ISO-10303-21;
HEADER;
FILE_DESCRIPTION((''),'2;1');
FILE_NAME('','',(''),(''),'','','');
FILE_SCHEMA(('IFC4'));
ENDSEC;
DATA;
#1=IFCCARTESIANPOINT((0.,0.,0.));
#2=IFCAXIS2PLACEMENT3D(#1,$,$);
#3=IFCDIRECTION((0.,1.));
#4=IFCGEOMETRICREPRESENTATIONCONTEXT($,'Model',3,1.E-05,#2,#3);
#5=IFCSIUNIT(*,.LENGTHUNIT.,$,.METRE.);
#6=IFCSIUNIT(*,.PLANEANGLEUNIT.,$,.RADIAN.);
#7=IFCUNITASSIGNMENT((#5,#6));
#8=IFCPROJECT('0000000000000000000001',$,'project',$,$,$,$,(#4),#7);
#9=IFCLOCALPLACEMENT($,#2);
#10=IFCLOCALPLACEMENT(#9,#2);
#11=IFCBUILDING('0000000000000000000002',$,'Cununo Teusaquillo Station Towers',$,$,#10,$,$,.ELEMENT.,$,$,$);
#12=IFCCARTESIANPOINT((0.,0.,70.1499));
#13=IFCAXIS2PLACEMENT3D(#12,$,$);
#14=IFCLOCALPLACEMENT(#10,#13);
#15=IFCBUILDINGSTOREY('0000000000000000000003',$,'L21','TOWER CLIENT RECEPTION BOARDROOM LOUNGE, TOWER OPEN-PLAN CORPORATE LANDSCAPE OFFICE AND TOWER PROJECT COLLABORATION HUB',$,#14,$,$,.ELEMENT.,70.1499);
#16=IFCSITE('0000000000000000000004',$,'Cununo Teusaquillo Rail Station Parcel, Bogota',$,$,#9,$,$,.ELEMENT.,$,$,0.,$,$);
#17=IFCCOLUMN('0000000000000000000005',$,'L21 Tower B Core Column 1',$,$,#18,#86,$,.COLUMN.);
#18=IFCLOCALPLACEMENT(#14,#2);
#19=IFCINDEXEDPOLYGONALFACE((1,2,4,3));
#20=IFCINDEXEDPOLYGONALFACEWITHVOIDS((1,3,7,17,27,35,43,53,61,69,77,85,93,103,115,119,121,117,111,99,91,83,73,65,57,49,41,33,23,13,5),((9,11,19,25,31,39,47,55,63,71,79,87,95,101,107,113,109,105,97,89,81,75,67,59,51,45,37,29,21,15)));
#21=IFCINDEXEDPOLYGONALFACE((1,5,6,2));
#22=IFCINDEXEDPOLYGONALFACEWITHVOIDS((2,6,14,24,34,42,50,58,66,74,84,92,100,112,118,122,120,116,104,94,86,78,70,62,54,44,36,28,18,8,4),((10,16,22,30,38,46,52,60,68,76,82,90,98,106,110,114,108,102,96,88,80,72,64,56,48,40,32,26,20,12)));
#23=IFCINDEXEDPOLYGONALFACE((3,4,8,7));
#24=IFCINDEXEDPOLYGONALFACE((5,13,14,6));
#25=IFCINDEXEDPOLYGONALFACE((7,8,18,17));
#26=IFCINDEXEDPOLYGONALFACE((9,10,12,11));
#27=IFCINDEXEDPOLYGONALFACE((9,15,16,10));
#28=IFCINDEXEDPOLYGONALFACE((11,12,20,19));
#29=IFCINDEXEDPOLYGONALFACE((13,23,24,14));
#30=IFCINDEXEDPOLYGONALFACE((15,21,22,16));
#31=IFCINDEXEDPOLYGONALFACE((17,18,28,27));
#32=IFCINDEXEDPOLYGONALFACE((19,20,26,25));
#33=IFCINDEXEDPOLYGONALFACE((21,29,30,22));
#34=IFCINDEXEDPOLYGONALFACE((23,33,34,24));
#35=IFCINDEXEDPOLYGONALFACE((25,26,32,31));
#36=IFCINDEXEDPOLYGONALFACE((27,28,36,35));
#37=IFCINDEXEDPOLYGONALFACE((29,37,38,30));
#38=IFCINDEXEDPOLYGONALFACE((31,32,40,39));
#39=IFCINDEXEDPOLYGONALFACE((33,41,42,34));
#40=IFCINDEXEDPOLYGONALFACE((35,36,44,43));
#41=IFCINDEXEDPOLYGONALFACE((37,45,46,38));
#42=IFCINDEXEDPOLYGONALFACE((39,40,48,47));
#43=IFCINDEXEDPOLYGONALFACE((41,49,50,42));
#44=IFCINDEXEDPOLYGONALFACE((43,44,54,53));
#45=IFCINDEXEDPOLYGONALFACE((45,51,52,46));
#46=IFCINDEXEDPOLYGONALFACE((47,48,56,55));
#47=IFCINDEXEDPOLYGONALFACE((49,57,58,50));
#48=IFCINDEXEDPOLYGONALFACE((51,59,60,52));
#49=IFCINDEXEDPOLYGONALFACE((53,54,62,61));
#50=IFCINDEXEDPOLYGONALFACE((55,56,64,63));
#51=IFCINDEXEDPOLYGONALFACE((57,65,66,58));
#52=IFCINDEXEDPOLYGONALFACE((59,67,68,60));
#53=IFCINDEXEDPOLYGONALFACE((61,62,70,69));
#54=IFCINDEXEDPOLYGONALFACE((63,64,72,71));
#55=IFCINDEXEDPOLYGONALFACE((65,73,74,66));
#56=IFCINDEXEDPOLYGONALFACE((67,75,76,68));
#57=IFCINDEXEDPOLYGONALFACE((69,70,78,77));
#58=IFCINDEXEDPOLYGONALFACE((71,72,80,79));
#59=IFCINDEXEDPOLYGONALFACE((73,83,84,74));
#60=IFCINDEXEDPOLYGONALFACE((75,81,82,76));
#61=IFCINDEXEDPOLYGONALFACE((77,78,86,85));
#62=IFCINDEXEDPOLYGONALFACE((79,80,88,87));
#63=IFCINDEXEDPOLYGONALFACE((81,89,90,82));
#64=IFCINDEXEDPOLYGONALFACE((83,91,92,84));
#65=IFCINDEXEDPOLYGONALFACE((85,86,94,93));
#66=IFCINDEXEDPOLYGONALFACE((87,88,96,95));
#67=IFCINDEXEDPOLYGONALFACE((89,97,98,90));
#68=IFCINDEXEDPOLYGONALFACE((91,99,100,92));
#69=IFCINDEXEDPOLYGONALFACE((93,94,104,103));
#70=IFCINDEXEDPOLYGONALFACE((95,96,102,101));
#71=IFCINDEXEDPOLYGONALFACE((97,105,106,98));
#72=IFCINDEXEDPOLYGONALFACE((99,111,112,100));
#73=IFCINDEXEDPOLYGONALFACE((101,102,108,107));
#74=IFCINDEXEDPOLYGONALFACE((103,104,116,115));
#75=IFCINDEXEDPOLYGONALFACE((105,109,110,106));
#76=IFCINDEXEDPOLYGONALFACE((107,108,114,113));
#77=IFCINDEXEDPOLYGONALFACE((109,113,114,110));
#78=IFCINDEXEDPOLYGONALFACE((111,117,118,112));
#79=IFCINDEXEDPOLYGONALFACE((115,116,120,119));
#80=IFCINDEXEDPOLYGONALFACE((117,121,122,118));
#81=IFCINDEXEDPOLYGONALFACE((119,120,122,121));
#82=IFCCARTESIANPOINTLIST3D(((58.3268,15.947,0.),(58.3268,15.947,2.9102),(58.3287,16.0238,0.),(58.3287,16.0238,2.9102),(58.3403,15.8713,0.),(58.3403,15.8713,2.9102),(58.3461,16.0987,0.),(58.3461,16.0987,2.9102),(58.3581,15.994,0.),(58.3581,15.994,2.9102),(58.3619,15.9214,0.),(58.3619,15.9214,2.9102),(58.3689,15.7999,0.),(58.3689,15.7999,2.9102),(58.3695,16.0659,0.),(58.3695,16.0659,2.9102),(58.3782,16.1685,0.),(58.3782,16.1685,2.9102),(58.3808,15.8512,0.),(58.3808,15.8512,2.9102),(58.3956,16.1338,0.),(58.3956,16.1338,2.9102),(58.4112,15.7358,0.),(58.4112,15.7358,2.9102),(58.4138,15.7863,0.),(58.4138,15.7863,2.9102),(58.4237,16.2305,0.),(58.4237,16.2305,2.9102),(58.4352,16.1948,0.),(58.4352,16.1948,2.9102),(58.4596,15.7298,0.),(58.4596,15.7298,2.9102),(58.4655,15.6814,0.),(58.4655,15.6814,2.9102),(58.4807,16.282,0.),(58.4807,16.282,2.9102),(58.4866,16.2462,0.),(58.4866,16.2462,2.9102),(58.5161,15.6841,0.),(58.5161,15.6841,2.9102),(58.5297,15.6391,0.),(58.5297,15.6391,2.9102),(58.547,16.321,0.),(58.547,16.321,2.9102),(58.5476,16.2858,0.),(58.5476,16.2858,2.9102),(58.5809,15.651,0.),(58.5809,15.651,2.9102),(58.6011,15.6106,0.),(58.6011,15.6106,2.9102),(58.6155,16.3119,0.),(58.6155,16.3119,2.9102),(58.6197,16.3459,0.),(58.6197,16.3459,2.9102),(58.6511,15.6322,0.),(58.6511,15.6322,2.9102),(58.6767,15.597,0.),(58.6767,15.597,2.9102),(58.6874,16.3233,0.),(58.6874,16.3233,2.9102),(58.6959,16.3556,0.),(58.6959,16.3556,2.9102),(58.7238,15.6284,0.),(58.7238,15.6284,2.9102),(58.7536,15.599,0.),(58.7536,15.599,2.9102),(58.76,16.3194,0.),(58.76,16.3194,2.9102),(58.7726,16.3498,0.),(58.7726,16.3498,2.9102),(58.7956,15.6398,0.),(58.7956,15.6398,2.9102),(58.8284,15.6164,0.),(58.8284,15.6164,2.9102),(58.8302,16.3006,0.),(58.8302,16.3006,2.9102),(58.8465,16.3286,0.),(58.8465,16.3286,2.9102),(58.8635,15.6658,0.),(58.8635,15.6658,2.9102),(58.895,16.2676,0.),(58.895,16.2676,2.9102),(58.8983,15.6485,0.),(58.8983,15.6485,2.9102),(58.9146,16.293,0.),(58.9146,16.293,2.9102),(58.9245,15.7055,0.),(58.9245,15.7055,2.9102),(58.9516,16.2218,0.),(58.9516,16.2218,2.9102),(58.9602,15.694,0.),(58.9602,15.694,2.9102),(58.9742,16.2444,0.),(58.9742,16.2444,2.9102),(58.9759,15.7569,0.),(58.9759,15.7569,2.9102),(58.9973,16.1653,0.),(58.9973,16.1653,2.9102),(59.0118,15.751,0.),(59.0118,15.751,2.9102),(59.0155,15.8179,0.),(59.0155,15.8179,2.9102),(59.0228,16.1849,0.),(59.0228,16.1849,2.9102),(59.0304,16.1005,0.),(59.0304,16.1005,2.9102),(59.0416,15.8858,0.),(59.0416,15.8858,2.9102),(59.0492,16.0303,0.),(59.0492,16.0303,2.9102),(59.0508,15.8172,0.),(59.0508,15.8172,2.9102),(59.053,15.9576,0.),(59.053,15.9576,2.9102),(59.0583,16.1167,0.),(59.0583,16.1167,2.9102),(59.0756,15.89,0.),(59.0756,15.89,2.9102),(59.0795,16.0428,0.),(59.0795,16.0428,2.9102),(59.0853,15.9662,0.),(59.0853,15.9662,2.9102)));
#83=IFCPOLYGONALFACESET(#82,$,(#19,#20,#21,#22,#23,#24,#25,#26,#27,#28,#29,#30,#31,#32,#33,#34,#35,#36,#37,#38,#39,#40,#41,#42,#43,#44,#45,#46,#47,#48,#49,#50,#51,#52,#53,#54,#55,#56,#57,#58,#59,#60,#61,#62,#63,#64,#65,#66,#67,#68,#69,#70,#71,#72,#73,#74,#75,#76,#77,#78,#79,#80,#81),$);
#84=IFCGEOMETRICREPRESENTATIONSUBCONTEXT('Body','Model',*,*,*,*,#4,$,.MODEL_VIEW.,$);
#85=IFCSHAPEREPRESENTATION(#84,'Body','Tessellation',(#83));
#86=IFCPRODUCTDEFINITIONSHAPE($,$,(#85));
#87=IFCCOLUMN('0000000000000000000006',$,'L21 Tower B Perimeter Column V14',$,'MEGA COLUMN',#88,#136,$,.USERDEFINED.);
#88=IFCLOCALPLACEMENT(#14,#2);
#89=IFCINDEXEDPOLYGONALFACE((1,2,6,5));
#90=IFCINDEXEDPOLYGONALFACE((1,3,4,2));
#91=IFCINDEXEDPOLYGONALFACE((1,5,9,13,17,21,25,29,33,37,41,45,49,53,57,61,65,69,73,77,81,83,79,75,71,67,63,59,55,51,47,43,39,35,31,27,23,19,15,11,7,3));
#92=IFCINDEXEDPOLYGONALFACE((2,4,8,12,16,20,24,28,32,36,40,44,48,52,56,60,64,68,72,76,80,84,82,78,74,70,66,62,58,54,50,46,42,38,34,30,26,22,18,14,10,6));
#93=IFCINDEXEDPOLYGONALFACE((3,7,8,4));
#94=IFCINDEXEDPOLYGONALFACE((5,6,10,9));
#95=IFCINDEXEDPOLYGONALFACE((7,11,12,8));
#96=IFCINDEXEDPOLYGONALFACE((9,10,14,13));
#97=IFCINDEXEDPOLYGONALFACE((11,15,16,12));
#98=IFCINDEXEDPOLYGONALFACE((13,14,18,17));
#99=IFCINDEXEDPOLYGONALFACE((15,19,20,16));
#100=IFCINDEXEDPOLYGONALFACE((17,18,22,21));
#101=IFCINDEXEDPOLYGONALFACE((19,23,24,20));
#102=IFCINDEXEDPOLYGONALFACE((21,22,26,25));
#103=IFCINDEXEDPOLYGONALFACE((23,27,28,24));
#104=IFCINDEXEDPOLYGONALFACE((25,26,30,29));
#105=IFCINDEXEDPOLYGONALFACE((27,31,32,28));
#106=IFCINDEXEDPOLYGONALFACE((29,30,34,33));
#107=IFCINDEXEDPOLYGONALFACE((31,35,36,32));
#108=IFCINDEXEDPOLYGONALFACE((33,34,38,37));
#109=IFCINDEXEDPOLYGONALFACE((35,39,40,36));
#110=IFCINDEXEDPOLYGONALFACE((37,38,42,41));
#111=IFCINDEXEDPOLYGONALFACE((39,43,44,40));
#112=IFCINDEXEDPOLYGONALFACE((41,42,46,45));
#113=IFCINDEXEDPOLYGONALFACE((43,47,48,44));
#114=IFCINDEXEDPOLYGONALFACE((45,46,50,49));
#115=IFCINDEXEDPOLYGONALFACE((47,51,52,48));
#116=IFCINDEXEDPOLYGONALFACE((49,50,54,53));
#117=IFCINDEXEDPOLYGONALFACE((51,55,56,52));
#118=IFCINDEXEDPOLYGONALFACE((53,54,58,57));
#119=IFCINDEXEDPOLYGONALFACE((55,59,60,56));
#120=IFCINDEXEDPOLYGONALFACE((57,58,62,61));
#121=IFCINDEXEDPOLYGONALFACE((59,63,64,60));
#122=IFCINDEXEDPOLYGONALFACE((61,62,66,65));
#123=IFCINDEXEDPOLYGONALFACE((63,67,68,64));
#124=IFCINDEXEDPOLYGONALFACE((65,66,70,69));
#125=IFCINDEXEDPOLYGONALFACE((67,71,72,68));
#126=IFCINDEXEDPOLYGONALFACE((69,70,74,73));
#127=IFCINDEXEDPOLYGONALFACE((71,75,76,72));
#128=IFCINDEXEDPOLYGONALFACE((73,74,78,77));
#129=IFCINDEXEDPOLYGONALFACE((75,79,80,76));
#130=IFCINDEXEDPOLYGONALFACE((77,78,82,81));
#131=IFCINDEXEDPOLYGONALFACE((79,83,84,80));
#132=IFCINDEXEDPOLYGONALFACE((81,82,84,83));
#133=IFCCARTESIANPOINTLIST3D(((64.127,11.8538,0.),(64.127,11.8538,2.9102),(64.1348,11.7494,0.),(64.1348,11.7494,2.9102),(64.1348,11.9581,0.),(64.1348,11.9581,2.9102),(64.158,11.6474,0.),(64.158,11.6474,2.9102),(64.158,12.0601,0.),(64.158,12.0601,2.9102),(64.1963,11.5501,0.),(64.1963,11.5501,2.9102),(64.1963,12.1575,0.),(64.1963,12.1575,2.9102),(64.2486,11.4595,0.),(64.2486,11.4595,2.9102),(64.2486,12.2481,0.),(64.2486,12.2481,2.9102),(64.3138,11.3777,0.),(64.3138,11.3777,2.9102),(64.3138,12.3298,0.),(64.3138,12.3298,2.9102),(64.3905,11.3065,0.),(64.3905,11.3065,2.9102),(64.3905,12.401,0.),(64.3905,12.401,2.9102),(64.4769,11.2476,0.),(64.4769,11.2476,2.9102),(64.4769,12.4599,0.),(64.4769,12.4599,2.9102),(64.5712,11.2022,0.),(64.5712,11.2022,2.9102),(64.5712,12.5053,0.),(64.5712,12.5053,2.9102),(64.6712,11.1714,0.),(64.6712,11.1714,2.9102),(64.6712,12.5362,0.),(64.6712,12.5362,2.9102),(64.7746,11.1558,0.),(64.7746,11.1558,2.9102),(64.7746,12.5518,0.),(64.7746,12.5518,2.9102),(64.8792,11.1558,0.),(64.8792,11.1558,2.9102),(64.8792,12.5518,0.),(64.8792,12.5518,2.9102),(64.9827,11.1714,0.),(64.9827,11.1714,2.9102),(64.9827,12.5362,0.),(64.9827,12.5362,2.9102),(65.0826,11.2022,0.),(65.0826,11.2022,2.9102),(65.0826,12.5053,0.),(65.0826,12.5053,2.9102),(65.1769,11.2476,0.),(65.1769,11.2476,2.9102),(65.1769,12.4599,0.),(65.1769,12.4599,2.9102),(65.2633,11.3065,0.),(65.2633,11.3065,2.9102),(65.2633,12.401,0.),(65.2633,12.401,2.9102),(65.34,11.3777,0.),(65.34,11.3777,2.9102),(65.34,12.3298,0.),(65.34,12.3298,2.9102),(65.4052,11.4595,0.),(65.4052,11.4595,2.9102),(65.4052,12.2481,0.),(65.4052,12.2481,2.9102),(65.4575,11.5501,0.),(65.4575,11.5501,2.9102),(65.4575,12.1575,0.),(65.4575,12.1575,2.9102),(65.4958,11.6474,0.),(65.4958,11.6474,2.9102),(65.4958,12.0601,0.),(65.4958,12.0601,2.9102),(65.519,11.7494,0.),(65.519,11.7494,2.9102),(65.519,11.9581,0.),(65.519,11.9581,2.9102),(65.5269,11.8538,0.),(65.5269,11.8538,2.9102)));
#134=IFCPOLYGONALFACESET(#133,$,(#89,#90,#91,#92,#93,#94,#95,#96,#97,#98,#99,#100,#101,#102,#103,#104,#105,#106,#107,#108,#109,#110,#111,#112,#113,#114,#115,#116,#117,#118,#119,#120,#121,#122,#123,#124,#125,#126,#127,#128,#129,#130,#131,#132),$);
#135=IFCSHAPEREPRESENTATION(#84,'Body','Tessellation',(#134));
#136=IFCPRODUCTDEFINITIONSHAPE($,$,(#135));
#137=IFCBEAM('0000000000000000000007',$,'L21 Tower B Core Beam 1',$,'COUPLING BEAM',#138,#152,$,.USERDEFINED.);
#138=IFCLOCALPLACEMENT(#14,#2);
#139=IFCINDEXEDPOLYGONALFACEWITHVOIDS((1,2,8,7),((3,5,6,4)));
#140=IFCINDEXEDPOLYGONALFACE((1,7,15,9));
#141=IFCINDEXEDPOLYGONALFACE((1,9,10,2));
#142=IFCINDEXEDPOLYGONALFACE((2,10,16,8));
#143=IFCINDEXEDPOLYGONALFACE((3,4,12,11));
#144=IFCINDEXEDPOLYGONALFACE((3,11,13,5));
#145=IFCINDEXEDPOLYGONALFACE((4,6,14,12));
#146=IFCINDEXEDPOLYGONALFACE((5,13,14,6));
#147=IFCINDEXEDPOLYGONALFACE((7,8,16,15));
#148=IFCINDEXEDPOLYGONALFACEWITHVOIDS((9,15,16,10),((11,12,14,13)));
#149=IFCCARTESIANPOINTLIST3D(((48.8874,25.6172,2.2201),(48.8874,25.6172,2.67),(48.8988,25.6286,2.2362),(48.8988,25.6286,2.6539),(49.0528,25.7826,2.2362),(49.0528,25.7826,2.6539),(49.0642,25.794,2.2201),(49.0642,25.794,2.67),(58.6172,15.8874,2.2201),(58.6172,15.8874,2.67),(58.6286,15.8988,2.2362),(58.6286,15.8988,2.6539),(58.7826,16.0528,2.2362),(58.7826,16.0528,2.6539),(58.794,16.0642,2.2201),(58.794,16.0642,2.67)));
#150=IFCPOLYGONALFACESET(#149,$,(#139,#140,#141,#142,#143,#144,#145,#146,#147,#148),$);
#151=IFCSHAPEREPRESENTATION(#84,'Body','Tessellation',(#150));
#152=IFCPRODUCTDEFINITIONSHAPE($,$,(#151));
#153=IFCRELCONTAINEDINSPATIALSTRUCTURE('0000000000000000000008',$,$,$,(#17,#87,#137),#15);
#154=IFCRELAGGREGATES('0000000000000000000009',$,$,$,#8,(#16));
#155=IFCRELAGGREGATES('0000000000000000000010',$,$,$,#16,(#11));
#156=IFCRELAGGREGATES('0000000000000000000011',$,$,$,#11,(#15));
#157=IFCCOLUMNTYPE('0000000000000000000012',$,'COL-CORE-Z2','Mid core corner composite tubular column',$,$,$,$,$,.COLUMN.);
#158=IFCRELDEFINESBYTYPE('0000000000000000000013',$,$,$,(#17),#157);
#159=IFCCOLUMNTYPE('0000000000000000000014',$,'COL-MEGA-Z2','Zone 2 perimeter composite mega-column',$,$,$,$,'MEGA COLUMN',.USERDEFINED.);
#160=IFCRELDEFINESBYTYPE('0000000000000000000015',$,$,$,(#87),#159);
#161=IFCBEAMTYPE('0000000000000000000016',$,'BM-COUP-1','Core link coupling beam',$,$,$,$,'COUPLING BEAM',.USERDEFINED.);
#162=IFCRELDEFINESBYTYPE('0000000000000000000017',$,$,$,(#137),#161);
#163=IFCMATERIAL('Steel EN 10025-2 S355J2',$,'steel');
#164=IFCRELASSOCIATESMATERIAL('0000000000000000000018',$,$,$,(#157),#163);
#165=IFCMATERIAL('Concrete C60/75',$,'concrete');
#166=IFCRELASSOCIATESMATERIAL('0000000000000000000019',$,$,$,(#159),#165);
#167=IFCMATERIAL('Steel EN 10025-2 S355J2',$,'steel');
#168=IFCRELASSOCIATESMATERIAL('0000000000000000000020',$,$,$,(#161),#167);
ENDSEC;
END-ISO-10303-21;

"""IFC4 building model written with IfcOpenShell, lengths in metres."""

from ifc_helpers import new_model, si_unit, direction, frame, origin, origin_2d, place, context, subcontext, project, spatial, hollow_rectangle, circle, hollow_circle, extrude, material, material_profile, profile_set, type_object, element, save


model = new_model("IFC4")

# Units and contexts
model_context = context("Model", 3, precision=1e-05, world=origin(), true_north=direction((0.0, 1.0)))
body_context = subcontext(model_context, "Body", "Model", "MODEL_VIEW")
ifc_project = project(units=[si_unit("LENGTHUNIT", "METRE"), si_unit("PLANEANGLEUNIT", "RADIAN")], contexts=[model_context])

# Site, building, storey
site_placement = place(None, origin())
site = spatial("IfcSite", under=ifc_project, at=site_placement, Name="Cununo Teusaquillo Rail Station Parcel, Bogota", CompositionType="ELEMENT", RefElevation=0.0)
building_placement = place(site_placement, origin())
building = spatial("IfcBuilding", under=site, at=building_placement, Name="Cununo Teusaquillo Station Towers", CompositionType="ELEMENT")
storey_placement = place(building_placement, frame((0.0, 0.0, 70.1499)))
storey = spatial("IfcBuildingStorey", under=building, at=storey_placement, Name="L21", Description="TOWER CLIENT RECEPTION BOARDROOM LOUNGE, TOWER OPEN-PLAN CORPORATE LANDSCAPE OFFICE AND TOWER PROJECT COLLABORATION HUB", CompositionType="ELEMENT", Elevation=70.1499)

# Columns
ifc_material_1 = material(Name="Steel EN 10025-2 S355J2", Category="steel")
ifc_material_profile_1 = material_profile(ifc_material_1, hollow_circle(Radius=0.3799, WallThickness=0.032, at=origin_2d()), Name="CHS 760x32")
ifc_profile_set_1 = profile_set([ifc_material_profile_1], Name="Steel EN 10025-2 S355J2")
column_type_1 = type_object("IfcColumnType", Name="COL-CORE-Z2", Description="Mid core corner composite tubular column", PredefinedType="COLUMN", material=ifc_profile_set_1)
column_1_placement = place(storey_placement, frame((58.7056, 15.9758, 0.0), z_axis=(0.0, 0.0, 1.0), x_axis=(0.707107, 0.707107, 0.0)))
element("IfcColumn", 1, at=column_1_placement, inside=storey, type_object=column_type_1, Name="L21 Tower B Core Column 1", PredefinedType="COLUMN", context=body_context, shape_type="SweptSolid", body=[
    extrude(hollow_circle(Radius=0.3799, WallThickness=0.032, at=origin_2d()), origin(), (0.0, 0.0, 1.0), 2.9102),
])
ifc_material_2 = material(Name="Concrete C60/75", Category="concrete")
ifc_material_profile_2 = material_profile(ifc_material_2, circle(Radius=0.7, at=origin_2d()), Name="RC-CIRC-1400")
ifc_profile_set_2 = profile_set([ifc_material_profile_2], Name="Concrete C60/75")
column_type_2 = type_object("IfcColumnType", Name="COL-MEGA-Z2", Description="Zone 2 perimeter composite mega-column", ElementType="MEGA COLUMN", PredefinedType="USERDEFINED", material=ifc_profile_set_2)
column_2_placement = place(storey_placement, frame((64.8269, 11.8538, 0.0), z_axis=(0.0, 0.0, 1.0), x_axis=(1.0, 0.0, 0.0)))
element("IfcColumn", 2, at=column_2_placement, inside=storey, type_object=column_type_2, Name="L21 Tower B Perimeter Column V14", ObjectType="MEGA COLUMN", PredefinedType="USERDEFINED", context=body_context, shape_type="SweptSolid", body=[
    extrude(circle(Radius=0.7, at=origin_2d()), origin(), (0.0, 0.0, 1.0), 2.9102),
])

# Beam
ifc_material_3 = material(Name="Steel EN 10025-2 S355J2", Category="steel")
ifc_material_profile_3 = material_profile(ifc_material_3, hollow_rectangle(XDim=0.25, YDim=0.45, WallThickness=0.0161, at=origin_2d()), Name="RHS 450x250x16")
ifc_profile_set_3 = profile_set([ifc_material_profile_3], Name="Steel EN 10025-2 S355J2")
beam_type_1 = type_object("IfcBeamType", Name="BM-COUP-1", Description="Core link coupling beam", ElementType="COUPLING BEAM", PredefinedType="USERDEFINED", material=ifc_profile_set_3)
beam_1_placement = place(storey_placement, frame((58.7056, 15.9758, 2.4451), z_axis=(-0.707107, 0.707107, 0.0), x_axis=(-0.707107, -0.707107, 0.0)))
element("IfcBeam", 3, at=beam_1_placement, inside=storey, type_object=beam_type_1, Name="L21 Tower B Core Beam 1", ObjectType="COUPLING BEAM", PredefinedType="USERDEFINED", context=body_context, shape_type="SweptSolid", body=[
    extrude(hollow_rectangle(XDim=0.25, YDim=0.45, WallThickness=0.0161, at=origin_2d()), origin(), (0.0, 0.0, 1.0), 13.76),
])

save(model, "model.ifc")
